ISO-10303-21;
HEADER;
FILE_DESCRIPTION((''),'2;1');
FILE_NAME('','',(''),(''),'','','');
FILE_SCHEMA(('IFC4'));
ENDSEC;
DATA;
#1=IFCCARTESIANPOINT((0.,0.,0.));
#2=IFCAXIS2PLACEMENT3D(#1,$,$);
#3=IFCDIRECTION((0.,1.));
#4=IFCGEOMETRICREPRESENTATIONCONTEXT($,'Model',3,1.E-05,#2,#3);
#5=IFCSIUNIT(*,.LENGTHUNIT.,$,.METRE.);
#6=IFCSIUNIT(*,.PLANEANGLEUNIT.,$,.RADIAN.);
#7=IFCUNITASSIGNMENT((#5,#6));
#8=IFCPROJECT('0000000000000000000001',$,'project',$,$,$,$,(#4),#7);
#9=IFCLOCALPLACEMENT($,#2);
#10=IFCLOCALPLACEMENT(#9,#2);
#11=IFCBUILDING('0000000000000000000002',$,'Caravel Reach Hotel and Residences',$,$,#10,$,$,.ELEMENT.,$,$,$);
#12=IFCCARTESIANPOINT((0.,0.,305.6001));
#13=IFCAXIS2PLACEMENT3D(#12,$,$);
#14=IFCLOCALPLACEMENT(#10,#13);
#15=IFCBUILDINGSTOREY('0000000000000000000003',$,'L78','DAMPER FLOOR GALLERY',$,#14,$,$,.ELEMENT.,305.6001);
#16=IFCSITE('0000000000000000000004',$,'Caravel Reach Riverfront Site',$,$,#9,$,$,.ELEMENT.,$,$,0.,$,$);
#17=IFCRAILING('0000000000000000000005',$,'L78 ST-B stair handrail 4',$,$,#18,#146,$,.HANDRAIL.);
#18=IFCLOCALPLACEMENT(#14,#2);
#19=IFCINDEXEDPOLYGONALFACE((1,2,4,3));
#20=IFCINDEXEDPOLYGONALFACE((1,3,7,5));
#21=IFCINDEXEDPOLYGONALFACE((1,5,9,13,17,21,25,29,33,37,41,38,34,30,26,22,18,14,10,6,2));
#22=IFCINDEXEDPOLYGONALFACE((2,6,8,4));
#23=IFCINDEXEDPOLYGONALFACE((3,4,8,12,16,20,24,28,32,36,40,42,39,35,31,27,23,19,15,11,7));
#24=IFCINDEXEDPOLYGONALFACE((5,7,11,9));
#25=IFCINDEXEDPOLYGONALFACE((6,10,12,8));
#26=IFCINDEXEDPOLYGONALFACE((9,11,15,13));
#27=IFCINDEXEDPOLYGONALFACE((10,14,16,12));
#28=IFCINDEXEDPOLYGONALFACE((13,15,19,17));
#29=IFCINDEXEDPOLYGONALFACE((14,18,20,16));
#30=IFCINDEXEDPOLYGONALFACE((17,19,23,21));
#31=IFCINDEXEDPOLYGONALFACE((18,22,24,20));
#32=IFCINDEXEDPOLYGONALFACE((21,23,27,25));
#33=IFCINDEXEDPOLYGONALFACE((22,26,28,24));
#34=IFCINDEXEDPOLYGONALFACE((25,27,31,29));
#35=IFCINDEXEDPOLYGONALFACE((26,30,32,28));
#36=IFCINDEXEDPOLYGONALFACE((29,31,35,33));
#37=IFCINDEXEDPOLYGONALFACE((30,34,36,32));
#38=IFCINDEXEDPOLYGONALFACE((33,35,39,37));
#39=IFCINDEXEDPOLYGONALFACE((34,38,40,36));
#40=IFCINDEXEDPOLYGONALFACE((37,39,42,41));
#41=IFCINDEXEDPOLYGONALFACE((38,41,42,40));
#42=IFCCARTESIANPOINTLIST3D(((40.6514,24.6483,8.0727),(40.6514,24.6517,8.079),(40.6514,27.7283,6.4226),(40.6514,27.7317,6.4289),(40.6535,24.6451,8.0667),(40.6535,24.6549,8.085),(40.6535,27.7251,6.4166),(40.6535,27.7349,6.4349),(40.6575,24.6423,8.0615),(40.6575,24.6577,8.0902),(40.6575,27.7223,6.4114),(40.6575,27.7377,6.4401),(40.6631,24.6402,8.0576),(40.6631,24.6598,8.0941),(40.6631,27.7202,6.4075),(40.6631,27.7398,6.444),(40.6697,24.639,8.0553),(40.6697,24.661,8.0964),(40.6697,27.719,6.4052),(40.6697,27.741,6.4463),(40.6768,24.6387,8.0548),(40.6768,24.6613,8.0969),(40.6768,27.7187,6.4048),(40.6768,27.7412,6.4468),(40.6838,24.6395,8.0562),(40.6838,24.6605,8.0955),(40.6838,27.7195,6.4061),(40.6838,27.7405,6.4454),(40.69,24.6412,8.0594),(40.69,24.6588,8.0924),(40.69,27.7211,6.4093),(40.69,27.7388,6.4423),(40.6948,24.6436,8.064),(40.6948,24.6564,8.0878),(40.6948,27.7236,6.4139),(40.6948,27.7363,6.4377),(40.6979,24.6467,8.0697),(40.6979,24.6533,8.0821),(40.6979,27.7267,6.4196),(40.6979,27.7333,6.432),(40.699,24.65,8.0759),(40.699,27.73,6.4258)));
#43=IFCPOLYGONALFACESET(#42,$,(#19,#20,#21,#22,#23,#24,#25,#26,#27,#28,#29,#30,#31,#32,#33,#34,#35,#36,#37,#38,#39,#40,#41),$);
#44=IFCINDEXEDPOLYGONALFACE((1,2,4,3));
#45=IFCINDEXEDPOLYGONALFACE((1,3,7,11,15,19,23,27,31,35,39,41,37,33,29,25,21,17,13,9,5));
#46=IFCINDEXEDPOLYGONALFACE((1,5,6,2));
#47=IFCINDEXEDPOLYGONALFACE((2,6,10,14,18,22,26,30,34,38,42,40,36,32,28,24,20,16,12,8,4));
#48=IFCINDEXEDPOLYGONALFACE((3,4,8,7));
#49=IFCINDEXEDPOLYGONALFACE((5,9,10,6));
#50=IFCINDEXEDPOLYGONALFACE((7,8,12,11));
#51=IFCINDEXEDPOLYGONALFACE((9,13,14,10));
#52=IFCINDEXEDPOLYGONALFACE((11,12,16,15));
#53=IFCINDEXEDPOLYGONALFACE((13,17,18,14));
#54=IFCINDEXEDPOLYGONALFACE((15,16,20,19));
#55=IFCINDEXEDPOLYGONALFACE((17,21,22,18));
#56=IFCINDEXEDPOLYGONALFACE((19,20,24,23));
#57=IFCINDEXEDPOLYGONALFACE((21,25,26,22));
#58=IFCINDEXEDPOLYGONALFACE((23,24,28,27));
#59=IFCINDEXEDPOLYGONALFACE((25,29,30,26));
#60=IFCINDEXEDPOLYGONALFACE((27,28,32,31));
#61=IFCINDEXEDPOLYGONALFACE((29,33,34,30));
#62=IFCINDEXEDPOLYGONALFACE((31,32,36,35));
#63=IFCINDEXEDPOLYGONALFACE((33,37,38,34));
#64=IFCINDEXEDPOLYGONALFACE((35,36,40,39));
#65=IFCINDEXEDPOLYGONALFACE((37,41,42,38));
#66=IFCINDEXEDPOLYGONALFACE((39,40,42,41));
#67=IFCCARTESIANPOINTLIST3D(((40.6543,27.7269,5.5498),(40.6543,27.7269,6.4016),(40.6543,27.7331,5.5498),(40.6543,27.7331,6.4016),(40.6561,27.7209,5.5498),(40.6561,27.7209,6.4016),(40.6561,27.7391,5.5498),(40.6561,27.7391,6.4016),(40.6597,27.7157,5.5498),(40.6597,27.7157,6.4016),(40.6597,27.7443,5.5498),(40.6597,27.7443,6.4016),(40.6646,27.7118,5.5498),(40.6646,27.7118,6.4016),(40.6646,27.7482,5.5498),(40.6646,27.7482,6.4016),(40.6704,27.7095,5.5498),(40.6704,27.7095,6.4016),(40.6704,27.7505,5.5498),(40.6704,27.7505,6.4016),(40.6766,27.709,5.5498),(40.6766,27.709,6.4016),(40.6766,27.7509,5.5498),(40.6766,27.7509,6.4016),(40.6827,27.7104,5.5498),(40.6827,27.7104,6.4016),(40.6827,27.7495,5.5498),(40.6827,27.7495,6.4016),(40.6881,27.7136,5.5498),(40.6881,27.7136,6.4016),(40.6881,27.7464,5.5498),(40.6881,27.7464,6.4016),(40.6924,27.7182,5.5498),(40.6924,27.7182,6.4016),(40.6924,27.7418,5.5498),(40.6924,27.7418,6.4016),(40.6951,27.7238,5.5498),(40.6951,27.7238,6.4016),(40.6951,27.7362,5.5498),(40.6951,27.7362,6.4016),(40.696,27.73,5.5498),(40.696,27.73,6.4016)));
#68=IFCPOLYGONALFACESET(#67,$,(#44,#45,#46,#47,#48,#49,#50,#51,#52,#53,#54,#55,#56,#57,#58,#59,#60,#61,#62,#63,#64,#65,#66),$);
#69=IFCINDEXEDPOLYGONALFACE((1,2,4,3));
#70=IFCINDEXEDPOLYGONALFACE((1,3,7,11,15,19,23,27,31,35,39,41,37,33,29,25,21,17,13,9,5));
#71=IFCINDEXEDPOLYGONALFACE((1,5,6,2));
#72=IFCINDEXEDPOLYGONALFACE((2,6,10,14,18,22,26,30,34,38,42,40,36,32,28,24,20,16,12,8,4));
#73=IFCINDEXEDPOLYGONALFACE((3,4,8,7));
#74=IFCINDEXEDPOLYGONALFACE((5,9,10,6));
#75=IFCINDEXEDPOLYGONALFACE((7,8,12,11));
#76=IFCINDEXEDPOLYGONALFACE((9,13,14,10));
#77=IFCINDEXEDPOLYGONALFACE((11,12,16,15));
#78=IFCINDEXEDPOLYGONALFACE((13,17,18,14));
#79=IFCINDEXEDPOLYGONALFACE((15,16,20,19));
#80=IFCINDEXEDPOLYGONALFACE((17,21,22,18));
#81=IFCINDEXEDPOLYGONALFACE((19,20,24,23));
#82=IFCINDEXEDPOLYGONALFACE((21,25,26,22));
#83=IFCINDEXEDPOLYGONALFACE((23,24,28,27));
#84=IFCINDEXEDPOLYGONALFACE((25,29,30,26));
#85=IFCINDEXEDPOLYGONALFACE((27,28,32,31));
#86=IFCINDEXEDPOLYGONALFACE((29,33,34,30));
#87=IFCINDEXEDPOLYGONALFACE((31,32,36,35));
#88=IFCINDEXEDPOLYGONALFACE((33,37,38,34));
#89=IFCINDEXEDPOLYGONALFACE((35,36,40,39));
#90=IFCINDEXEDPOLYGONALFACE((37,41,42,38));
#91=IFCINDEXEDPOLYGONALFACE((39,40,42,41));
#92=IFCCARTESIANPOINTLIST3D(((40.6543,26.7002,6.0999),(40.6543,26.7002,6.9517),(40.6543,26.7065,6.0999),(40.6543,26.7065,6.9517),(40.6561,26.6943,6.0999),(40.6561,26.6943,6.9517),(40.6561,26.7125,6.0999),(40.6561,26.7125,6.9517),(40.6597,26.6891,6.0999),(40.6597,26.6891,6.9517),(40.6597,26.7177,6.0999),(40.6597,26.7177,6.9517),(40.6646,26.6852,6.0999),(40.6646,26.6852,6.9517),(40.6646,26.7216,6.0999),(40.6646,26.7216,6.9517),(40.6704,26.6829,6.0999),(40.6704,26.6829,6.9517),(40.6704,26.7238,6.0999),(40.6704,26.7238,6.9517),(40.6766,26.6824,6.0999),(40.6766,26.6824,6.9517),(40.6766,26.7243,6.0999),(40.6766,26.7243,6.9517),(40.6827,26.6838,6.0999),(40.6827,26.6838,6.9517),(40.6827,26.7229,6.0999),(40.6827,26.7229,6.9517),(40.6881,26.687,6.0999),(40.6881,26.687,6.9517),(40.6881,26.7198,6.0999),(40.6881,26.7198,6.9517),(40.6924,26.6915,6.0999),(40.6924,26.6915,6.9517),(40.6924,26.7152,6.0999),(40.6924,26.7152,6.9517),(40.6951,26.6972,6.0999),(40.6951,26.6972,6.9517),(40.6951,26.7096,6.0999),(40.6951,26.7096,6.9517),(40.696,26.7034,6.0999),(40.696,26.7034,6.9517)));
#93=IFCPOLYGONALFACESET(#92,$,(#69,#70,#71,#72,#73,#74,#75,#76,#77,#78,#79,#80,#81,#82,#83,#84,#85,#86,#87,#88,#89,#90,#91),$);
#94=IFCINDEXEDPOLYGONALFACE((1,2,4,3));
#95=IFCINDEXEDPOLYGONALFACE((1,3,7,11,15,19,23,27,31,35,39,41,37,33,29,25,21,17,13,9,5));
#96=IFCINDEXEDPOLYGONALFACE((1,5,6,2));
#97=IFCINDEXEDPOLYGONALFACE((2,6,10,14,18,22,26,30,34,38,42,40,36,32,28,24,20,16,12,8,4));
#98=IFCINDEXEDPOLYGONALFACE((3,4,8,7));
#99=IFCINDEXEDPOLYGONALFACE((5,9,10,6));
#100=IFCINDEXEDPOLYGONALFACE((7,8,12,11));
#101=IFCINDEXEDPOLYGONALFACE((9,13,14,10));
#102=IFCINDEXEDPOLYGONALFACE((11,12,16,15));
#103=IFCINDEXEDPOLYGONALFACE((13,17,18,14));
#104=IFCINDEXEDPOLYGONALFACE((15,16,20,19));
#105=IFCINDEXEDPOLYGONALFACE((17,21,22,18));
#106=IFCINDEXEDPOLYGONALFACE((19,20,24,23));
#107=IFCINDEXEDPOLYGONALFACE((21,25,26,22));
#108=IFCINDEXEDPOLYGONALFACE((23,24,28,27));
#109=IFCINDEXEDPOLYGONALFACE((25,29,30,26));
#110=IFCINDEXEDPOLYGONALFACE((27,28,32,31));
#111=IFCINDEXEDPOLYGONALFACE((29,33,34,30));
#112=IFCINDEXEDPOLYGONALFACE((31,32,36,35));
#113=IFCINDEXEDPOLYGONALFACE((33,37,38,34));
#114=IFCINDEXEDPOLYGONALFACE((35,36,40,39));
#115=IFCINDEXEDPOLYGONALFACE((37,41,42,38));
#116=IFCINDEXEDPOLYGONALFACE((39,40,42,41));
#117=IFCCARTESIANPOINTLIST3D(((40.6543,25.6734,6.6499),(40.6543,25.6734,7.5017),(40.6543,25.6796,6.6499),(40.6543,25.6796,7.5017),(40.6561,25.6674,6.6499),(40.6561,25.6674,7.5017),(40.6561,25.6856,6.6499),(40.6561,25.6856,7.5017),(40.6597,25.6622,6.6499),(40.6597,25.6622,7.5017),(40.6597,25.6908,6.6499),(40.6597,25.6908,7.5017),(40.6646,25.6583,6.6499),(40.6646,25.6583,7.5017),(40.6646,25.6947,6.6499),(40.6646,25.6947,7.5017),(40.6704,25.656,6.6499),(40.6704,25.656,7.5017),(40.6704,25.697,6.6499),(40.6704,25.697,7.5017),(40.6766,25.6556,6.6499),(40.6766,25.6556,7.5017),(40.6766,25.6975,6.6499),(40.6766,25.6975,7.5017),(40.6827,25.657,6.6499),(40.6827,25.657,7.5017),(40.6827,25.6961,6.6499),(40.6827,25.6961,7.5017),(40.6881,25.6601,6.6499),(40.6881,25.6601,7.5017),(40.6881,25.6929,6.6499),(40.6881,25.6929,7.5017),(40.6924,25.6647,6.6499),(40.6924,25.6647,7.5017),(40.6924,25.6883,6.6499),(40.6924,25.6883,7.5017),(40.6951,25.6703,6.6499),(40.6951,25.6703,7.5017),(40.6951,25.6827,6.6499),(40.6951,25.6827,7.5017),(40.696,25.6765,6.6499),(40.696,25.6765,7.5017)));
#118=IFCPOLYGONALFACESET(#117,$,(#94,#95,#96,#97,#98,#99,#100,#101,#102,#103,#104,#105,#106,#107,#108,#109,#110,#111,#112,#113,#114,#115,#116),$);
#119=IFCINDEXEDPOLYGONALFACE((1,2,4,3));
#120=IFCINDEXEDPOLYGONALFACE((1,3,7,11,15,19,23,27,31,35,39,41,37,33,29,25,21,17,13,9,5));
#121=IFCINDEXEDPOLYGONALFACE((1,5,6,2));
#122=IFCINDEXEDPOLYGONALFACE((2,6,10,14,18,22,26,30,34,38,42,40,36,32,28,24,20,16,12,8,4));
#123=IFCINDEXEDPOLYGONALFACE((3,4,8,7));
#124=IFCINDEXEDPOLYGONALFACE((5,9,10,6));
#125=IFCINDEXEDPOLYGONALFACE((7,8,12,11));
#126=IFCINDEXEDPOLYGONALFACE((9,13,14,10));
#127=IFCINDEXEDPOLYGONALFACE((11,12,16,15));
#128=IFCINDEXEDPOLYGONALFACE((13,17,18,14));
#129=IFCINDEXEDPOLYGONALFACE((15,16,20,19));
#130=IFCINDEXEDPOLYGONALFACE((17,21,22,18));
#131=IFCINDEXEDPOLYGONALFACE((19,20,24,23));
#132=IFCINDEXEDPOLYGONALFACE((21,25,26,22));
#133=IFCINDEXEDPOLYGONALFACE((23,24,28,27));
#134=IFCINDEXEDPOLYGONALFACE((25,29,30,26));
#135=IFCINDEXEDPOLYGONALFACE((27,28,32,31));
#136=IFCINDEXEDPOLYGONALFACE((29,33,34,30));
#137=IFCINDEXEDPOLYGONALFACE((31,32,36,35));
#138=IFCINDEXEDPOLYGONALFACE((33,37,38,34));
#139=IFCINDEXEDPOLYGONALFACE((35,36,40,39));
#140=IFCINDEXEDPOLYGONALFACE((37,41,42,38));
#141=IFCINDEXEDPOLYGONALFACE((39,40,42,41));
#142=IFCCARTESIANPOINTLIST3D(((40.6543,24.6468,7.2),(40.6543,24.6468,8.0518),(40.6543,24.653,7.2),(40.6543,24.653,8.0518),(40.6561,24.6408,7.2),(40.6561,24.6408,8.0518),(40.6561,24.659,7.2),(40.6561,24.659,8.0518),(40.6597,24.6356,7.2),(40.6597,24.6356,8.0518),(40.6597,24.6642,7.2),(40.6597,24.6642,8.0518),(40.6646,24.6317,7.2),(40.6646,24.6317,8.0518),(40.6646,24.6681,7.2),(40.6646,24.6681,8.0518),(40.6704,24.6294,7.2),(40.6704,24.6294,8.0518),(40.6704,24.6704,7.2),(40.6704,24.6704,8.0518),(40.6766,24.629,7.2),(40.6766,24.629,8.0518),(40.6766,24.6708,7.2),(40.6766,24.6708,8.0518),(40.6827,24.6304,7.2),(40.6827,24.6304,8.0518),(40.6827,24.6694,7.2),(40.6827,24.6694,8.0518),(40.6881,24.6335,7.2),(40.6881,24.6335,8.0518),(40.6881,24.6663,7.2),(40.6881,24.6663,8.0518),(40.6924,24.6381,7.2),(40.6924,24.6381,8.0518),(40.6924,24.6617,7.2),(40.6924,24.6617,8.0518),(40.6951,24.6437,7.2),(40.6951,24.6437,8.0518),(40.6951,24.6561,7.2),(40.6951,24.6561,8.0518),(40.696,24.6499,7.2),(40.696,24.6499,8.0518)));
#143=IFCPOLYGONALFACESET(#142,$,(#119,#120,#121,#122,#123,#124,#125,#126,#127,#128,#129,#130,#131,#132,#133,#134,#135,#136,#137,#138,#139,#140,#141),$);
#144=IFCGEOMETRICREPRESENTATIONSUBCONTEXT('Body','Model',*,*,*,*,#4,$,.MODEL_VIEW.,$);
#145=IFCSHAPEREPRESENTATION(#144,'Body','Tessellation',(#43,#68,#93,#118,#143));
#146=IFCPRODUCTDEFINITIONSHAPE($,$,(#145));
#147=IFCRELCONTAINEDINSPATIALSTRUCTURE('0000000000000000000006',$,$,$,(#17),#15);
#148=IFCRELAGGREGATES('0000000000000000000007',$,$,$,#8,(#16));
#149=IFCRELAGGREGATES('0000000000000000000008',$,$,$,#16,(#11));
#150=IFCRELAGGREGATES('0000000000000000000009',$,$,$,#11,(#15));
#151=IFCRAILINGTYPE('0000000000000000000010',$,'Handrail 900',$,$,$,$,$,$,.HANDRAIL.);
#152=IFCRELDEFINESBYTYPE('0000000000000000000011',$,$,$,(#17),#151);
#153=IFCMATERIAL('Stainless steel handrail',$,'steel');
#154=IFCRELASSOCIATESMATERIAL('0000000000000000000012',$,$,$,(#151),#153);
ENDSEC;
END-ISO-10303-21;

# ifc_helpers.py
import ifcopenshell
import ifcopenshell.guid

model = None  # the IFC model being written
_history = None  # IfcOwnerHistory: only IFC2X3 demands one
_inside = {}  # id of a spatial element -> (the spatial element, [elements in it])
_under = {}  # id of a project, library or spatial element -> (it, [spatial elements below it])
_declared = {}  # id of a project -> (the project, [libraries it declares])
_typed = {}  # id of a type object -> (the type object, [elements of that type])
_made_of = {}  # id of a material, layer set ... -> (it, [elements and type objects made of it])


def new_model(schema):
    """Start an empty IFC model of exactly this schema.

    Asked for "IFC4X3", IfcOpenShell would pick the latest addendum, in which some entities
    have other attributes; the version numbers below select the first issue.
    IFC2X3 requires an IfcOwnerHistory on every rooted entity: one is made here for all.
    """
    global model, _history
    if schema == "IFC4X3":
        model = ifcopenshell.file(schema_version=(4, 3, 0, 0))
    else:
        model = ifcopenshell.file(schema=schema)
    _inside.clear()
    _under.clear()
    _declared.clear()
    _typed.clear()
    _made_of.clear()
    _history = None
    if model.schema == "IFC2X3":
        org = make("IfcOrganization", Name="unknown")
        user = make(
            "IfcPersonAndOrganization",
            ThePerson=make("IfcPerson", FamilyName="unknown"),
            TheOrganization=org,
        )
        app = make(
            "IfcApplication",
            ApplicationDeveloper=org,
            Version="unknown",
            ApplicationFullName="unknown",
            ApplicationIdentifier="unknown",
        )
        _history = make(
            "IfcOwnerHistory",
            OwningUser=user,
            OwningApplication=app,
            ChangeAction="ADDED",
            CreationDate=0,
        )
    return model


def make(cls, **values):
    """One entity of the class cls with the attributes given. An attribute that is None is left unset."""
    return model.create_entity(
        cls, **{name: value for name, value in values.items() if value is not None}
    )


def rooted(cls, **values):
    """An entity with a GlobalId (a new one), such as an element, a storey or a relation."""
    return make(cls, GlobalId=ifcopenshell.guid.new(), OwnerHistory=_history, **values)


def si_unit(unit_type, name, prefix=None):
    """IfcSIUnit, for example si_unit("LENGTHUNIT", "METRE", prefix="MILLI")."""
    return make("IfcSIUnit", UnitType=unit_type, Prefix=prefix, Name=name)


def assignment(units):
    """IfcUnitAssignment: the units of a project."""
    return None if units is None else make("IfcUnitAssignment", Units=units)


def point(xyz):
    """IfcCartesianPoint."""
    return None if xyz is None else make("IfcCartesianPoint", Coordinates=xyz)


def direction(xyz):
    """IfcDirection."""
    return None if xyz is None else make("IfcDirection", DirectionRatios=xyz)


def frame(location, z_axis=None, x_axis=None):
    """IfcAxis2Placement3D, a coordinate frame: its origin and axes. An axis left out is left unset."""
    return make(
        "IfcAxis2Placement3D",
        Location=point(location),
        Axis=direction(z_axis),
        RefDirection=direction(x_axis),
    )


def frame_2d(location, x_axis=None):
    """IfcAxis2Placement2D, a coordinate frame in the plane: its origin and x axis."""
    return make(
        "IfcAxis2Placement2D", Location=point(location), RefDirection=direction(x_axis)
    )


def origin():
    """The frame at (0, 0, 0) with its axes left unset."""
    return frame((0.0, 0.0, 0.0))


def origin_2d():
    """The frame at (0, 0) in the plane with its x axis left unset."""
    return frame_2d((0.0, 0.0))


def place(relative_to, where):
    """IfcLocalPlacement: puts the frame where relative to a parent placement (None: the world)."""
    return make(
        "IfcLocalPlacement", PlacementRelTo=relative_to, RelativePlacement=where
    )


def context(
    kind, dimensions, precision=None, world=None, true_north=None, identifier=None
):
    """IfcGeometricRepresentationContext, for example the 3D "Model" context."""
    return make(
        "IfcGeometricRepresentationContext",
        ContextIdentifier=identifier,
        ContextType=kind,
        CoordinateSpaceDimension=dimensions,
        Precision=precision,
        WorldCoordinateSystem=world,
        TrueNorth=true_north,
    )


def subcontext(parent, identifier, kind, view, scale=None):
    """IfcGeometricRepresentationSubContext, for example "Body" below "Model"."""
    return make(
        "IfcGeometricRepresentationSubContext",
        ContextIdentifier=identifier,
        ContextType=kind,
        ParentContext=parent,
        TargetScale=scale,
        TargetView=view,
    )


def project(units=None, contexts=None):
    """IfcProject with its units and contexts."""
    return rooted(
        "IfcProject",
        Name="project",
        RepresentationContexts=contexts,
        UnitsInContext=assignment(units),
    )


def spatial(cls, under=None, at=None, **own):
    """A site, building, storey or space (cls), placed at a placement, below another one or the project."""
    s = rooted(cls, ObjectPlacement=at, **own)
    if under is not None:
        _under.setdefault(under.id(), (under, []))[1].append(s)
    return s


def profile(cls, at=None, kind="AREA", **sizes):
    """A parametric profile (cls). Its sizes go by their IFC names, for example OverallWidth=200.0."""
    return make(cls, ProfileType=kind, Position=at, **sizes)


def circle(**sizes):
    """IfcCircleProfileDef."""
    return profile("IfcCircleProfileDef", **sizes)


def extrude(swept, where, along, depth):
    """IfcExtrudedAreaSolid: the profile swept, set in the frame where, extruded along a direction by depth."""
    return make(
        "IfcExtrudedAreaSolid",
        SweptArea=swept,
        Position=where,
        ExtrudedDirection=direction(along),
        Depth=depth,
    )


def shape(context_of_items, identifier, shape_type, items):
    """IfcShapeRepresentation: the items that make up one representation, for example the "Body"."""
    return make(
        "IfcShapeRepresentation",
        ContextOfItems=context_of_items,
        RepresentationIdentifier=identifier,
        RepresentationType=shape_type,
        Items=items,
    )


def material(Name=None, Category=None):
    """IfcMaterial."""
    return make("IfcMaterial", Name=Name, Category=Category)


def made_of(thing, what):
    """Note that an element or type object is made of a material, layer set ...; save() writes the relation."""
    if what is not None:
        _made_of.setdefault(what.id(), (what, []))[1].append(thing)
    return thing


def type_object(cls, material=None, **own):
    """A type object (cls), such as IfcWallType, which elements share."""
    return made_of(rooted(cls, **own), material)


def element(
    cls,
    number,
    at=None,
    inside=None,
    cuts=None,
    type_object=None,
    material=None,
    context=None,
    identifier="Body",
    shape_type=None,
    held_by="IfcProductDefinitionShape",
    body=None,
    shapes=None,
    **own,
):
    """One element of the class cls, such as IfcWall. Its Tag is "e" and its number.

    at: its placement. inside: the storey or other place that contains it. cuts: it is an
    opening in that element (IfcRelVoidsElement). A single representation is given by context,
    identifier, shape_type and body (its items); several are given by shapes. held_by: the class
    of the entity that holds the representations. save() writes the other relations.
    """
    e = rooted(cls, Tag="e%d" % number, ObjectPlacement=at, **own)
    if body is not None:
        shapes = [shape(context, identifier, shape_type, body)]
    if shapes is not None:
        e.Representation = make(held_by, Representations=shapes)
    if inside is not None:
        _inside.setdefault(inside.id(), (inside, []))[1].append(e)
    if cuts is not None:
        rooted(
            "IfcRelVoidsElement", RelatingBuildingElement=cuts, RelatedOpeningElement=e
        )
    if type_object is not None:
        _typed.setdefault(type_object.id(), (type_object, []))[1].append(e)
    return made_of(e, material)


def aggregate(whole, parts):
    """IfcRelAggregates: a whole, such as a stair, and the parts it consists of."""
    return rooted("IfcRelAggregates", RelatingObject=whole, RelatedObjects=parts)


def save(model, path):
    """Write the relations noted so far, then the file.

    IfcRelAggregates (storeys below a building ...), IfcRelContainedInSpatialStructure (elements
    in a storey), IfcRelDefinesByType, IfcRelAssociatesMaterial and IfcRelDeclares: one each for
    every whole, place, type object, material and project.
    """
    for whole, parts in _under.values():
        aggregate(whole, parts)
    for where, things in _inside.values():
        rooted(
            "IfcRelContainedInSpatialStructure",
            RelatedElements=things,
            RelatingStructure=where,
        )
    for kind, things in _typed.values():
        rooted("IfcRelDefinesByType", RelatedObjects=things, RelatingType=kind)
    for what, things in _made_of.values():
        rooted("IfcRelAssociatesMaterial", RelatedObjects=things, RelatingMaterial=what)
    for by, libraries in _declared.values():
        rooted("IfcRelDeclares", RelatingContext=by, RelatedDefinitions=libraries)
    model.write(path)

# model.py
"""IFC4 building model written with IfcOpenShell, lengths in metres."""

from ifc_helpers import new_model, si_unit, direction, frame, origin, origin_2d, place, context, subcontext, project, spatial, circle, extrude, material, type_object, element, save


model = new_model("IFC4")

# Units and contexts
model_context = context("Model", 3, precision=1e-05, world=origin(), true_north=direction((0.0, 1.0)))
body_context = subcontext(model_context, "Body", "Model", "MODEL_VIEW")
ifc_project = project(units=[si_unit("LENGTHUNIT", "METRE"), si_unit("PLANEANGLEUNIT", "RADIAN")], contexts=[model_context])

# Site, building, storey
site_placement = place(None, origin())
site = spatial("IfcSite", under=ifc_project, at=site_placement, Name="Caravel Reach Riverfront Site", CompositionType="ELEMENT", RefElevation=0.0)
building_placement = place(site_placement, origin())
building = spatial("IfcBuilding", under=site, at=building_placement, Name="Caravel Reach Hotel and Residences", CompositionType="ELEMENT")
storey_placement = place(building_placement, frame((0.0, 0.0, 305.6001)))
storey = spatial("IfcBuildingStorey", under=building, at=storey_placement, Name="L78", Description="DAMPER FLOOR GALLERY", CompositionType="ELEMENT", Elevation=305.6001)

# Railing
ifc_material_1 = material(Name="Stainless steel handrail", Category="steel")
railing_type_1 = type_object("IfcRailingType", Name="Handrail 900", PredefinedType="HANDRAIL", material=ifc_material_1)
railing_1_placement = place(storey_placement, frame((40.675, 27.73, 5.5498)))
element("IfcRailing", 1, at=railing_1_placement, inside=storey, type_object=railing_type_1, Name="L78 ST-B stair handrail 4", PredefinedType="HANDRAIL", context=body_context, shape_type="SweptSolid", body=[
    extrude(circle(Radius=0.0239, at=origin_2d()), frame((0.0, 0.0, 0.876), z_axis=(0.0, -0.881468, 0.472245), x_axis=(1.0, 0.0, 0.0)), (0.0, 0.0, 1.0), 3.4941),
    extrude(circle(Radius=0.021, at=origin_2d()), origin(), (0.0, 0.0, 1.0), 0.8518),
    extrude(circle(Radius=0.021, at=origin_2d()), frame((0.0, -1.0266, 0.55)), (0.0, 0.0, 1.0), 0.8518),
    extrude(circle(Radius=0.021, at=origin_2d()), frame((0.0, -2.0535, 1.1001)), (0.0, 0.0, 1.0), 0.8518),
    extrude(circle(Radius=0.021, at=origin_2d()), frame((0.0, -3.0801, 1.6501)), (0.0, 0.0, 1.0), 0.8518),
])

save(model, "model.ifc")
